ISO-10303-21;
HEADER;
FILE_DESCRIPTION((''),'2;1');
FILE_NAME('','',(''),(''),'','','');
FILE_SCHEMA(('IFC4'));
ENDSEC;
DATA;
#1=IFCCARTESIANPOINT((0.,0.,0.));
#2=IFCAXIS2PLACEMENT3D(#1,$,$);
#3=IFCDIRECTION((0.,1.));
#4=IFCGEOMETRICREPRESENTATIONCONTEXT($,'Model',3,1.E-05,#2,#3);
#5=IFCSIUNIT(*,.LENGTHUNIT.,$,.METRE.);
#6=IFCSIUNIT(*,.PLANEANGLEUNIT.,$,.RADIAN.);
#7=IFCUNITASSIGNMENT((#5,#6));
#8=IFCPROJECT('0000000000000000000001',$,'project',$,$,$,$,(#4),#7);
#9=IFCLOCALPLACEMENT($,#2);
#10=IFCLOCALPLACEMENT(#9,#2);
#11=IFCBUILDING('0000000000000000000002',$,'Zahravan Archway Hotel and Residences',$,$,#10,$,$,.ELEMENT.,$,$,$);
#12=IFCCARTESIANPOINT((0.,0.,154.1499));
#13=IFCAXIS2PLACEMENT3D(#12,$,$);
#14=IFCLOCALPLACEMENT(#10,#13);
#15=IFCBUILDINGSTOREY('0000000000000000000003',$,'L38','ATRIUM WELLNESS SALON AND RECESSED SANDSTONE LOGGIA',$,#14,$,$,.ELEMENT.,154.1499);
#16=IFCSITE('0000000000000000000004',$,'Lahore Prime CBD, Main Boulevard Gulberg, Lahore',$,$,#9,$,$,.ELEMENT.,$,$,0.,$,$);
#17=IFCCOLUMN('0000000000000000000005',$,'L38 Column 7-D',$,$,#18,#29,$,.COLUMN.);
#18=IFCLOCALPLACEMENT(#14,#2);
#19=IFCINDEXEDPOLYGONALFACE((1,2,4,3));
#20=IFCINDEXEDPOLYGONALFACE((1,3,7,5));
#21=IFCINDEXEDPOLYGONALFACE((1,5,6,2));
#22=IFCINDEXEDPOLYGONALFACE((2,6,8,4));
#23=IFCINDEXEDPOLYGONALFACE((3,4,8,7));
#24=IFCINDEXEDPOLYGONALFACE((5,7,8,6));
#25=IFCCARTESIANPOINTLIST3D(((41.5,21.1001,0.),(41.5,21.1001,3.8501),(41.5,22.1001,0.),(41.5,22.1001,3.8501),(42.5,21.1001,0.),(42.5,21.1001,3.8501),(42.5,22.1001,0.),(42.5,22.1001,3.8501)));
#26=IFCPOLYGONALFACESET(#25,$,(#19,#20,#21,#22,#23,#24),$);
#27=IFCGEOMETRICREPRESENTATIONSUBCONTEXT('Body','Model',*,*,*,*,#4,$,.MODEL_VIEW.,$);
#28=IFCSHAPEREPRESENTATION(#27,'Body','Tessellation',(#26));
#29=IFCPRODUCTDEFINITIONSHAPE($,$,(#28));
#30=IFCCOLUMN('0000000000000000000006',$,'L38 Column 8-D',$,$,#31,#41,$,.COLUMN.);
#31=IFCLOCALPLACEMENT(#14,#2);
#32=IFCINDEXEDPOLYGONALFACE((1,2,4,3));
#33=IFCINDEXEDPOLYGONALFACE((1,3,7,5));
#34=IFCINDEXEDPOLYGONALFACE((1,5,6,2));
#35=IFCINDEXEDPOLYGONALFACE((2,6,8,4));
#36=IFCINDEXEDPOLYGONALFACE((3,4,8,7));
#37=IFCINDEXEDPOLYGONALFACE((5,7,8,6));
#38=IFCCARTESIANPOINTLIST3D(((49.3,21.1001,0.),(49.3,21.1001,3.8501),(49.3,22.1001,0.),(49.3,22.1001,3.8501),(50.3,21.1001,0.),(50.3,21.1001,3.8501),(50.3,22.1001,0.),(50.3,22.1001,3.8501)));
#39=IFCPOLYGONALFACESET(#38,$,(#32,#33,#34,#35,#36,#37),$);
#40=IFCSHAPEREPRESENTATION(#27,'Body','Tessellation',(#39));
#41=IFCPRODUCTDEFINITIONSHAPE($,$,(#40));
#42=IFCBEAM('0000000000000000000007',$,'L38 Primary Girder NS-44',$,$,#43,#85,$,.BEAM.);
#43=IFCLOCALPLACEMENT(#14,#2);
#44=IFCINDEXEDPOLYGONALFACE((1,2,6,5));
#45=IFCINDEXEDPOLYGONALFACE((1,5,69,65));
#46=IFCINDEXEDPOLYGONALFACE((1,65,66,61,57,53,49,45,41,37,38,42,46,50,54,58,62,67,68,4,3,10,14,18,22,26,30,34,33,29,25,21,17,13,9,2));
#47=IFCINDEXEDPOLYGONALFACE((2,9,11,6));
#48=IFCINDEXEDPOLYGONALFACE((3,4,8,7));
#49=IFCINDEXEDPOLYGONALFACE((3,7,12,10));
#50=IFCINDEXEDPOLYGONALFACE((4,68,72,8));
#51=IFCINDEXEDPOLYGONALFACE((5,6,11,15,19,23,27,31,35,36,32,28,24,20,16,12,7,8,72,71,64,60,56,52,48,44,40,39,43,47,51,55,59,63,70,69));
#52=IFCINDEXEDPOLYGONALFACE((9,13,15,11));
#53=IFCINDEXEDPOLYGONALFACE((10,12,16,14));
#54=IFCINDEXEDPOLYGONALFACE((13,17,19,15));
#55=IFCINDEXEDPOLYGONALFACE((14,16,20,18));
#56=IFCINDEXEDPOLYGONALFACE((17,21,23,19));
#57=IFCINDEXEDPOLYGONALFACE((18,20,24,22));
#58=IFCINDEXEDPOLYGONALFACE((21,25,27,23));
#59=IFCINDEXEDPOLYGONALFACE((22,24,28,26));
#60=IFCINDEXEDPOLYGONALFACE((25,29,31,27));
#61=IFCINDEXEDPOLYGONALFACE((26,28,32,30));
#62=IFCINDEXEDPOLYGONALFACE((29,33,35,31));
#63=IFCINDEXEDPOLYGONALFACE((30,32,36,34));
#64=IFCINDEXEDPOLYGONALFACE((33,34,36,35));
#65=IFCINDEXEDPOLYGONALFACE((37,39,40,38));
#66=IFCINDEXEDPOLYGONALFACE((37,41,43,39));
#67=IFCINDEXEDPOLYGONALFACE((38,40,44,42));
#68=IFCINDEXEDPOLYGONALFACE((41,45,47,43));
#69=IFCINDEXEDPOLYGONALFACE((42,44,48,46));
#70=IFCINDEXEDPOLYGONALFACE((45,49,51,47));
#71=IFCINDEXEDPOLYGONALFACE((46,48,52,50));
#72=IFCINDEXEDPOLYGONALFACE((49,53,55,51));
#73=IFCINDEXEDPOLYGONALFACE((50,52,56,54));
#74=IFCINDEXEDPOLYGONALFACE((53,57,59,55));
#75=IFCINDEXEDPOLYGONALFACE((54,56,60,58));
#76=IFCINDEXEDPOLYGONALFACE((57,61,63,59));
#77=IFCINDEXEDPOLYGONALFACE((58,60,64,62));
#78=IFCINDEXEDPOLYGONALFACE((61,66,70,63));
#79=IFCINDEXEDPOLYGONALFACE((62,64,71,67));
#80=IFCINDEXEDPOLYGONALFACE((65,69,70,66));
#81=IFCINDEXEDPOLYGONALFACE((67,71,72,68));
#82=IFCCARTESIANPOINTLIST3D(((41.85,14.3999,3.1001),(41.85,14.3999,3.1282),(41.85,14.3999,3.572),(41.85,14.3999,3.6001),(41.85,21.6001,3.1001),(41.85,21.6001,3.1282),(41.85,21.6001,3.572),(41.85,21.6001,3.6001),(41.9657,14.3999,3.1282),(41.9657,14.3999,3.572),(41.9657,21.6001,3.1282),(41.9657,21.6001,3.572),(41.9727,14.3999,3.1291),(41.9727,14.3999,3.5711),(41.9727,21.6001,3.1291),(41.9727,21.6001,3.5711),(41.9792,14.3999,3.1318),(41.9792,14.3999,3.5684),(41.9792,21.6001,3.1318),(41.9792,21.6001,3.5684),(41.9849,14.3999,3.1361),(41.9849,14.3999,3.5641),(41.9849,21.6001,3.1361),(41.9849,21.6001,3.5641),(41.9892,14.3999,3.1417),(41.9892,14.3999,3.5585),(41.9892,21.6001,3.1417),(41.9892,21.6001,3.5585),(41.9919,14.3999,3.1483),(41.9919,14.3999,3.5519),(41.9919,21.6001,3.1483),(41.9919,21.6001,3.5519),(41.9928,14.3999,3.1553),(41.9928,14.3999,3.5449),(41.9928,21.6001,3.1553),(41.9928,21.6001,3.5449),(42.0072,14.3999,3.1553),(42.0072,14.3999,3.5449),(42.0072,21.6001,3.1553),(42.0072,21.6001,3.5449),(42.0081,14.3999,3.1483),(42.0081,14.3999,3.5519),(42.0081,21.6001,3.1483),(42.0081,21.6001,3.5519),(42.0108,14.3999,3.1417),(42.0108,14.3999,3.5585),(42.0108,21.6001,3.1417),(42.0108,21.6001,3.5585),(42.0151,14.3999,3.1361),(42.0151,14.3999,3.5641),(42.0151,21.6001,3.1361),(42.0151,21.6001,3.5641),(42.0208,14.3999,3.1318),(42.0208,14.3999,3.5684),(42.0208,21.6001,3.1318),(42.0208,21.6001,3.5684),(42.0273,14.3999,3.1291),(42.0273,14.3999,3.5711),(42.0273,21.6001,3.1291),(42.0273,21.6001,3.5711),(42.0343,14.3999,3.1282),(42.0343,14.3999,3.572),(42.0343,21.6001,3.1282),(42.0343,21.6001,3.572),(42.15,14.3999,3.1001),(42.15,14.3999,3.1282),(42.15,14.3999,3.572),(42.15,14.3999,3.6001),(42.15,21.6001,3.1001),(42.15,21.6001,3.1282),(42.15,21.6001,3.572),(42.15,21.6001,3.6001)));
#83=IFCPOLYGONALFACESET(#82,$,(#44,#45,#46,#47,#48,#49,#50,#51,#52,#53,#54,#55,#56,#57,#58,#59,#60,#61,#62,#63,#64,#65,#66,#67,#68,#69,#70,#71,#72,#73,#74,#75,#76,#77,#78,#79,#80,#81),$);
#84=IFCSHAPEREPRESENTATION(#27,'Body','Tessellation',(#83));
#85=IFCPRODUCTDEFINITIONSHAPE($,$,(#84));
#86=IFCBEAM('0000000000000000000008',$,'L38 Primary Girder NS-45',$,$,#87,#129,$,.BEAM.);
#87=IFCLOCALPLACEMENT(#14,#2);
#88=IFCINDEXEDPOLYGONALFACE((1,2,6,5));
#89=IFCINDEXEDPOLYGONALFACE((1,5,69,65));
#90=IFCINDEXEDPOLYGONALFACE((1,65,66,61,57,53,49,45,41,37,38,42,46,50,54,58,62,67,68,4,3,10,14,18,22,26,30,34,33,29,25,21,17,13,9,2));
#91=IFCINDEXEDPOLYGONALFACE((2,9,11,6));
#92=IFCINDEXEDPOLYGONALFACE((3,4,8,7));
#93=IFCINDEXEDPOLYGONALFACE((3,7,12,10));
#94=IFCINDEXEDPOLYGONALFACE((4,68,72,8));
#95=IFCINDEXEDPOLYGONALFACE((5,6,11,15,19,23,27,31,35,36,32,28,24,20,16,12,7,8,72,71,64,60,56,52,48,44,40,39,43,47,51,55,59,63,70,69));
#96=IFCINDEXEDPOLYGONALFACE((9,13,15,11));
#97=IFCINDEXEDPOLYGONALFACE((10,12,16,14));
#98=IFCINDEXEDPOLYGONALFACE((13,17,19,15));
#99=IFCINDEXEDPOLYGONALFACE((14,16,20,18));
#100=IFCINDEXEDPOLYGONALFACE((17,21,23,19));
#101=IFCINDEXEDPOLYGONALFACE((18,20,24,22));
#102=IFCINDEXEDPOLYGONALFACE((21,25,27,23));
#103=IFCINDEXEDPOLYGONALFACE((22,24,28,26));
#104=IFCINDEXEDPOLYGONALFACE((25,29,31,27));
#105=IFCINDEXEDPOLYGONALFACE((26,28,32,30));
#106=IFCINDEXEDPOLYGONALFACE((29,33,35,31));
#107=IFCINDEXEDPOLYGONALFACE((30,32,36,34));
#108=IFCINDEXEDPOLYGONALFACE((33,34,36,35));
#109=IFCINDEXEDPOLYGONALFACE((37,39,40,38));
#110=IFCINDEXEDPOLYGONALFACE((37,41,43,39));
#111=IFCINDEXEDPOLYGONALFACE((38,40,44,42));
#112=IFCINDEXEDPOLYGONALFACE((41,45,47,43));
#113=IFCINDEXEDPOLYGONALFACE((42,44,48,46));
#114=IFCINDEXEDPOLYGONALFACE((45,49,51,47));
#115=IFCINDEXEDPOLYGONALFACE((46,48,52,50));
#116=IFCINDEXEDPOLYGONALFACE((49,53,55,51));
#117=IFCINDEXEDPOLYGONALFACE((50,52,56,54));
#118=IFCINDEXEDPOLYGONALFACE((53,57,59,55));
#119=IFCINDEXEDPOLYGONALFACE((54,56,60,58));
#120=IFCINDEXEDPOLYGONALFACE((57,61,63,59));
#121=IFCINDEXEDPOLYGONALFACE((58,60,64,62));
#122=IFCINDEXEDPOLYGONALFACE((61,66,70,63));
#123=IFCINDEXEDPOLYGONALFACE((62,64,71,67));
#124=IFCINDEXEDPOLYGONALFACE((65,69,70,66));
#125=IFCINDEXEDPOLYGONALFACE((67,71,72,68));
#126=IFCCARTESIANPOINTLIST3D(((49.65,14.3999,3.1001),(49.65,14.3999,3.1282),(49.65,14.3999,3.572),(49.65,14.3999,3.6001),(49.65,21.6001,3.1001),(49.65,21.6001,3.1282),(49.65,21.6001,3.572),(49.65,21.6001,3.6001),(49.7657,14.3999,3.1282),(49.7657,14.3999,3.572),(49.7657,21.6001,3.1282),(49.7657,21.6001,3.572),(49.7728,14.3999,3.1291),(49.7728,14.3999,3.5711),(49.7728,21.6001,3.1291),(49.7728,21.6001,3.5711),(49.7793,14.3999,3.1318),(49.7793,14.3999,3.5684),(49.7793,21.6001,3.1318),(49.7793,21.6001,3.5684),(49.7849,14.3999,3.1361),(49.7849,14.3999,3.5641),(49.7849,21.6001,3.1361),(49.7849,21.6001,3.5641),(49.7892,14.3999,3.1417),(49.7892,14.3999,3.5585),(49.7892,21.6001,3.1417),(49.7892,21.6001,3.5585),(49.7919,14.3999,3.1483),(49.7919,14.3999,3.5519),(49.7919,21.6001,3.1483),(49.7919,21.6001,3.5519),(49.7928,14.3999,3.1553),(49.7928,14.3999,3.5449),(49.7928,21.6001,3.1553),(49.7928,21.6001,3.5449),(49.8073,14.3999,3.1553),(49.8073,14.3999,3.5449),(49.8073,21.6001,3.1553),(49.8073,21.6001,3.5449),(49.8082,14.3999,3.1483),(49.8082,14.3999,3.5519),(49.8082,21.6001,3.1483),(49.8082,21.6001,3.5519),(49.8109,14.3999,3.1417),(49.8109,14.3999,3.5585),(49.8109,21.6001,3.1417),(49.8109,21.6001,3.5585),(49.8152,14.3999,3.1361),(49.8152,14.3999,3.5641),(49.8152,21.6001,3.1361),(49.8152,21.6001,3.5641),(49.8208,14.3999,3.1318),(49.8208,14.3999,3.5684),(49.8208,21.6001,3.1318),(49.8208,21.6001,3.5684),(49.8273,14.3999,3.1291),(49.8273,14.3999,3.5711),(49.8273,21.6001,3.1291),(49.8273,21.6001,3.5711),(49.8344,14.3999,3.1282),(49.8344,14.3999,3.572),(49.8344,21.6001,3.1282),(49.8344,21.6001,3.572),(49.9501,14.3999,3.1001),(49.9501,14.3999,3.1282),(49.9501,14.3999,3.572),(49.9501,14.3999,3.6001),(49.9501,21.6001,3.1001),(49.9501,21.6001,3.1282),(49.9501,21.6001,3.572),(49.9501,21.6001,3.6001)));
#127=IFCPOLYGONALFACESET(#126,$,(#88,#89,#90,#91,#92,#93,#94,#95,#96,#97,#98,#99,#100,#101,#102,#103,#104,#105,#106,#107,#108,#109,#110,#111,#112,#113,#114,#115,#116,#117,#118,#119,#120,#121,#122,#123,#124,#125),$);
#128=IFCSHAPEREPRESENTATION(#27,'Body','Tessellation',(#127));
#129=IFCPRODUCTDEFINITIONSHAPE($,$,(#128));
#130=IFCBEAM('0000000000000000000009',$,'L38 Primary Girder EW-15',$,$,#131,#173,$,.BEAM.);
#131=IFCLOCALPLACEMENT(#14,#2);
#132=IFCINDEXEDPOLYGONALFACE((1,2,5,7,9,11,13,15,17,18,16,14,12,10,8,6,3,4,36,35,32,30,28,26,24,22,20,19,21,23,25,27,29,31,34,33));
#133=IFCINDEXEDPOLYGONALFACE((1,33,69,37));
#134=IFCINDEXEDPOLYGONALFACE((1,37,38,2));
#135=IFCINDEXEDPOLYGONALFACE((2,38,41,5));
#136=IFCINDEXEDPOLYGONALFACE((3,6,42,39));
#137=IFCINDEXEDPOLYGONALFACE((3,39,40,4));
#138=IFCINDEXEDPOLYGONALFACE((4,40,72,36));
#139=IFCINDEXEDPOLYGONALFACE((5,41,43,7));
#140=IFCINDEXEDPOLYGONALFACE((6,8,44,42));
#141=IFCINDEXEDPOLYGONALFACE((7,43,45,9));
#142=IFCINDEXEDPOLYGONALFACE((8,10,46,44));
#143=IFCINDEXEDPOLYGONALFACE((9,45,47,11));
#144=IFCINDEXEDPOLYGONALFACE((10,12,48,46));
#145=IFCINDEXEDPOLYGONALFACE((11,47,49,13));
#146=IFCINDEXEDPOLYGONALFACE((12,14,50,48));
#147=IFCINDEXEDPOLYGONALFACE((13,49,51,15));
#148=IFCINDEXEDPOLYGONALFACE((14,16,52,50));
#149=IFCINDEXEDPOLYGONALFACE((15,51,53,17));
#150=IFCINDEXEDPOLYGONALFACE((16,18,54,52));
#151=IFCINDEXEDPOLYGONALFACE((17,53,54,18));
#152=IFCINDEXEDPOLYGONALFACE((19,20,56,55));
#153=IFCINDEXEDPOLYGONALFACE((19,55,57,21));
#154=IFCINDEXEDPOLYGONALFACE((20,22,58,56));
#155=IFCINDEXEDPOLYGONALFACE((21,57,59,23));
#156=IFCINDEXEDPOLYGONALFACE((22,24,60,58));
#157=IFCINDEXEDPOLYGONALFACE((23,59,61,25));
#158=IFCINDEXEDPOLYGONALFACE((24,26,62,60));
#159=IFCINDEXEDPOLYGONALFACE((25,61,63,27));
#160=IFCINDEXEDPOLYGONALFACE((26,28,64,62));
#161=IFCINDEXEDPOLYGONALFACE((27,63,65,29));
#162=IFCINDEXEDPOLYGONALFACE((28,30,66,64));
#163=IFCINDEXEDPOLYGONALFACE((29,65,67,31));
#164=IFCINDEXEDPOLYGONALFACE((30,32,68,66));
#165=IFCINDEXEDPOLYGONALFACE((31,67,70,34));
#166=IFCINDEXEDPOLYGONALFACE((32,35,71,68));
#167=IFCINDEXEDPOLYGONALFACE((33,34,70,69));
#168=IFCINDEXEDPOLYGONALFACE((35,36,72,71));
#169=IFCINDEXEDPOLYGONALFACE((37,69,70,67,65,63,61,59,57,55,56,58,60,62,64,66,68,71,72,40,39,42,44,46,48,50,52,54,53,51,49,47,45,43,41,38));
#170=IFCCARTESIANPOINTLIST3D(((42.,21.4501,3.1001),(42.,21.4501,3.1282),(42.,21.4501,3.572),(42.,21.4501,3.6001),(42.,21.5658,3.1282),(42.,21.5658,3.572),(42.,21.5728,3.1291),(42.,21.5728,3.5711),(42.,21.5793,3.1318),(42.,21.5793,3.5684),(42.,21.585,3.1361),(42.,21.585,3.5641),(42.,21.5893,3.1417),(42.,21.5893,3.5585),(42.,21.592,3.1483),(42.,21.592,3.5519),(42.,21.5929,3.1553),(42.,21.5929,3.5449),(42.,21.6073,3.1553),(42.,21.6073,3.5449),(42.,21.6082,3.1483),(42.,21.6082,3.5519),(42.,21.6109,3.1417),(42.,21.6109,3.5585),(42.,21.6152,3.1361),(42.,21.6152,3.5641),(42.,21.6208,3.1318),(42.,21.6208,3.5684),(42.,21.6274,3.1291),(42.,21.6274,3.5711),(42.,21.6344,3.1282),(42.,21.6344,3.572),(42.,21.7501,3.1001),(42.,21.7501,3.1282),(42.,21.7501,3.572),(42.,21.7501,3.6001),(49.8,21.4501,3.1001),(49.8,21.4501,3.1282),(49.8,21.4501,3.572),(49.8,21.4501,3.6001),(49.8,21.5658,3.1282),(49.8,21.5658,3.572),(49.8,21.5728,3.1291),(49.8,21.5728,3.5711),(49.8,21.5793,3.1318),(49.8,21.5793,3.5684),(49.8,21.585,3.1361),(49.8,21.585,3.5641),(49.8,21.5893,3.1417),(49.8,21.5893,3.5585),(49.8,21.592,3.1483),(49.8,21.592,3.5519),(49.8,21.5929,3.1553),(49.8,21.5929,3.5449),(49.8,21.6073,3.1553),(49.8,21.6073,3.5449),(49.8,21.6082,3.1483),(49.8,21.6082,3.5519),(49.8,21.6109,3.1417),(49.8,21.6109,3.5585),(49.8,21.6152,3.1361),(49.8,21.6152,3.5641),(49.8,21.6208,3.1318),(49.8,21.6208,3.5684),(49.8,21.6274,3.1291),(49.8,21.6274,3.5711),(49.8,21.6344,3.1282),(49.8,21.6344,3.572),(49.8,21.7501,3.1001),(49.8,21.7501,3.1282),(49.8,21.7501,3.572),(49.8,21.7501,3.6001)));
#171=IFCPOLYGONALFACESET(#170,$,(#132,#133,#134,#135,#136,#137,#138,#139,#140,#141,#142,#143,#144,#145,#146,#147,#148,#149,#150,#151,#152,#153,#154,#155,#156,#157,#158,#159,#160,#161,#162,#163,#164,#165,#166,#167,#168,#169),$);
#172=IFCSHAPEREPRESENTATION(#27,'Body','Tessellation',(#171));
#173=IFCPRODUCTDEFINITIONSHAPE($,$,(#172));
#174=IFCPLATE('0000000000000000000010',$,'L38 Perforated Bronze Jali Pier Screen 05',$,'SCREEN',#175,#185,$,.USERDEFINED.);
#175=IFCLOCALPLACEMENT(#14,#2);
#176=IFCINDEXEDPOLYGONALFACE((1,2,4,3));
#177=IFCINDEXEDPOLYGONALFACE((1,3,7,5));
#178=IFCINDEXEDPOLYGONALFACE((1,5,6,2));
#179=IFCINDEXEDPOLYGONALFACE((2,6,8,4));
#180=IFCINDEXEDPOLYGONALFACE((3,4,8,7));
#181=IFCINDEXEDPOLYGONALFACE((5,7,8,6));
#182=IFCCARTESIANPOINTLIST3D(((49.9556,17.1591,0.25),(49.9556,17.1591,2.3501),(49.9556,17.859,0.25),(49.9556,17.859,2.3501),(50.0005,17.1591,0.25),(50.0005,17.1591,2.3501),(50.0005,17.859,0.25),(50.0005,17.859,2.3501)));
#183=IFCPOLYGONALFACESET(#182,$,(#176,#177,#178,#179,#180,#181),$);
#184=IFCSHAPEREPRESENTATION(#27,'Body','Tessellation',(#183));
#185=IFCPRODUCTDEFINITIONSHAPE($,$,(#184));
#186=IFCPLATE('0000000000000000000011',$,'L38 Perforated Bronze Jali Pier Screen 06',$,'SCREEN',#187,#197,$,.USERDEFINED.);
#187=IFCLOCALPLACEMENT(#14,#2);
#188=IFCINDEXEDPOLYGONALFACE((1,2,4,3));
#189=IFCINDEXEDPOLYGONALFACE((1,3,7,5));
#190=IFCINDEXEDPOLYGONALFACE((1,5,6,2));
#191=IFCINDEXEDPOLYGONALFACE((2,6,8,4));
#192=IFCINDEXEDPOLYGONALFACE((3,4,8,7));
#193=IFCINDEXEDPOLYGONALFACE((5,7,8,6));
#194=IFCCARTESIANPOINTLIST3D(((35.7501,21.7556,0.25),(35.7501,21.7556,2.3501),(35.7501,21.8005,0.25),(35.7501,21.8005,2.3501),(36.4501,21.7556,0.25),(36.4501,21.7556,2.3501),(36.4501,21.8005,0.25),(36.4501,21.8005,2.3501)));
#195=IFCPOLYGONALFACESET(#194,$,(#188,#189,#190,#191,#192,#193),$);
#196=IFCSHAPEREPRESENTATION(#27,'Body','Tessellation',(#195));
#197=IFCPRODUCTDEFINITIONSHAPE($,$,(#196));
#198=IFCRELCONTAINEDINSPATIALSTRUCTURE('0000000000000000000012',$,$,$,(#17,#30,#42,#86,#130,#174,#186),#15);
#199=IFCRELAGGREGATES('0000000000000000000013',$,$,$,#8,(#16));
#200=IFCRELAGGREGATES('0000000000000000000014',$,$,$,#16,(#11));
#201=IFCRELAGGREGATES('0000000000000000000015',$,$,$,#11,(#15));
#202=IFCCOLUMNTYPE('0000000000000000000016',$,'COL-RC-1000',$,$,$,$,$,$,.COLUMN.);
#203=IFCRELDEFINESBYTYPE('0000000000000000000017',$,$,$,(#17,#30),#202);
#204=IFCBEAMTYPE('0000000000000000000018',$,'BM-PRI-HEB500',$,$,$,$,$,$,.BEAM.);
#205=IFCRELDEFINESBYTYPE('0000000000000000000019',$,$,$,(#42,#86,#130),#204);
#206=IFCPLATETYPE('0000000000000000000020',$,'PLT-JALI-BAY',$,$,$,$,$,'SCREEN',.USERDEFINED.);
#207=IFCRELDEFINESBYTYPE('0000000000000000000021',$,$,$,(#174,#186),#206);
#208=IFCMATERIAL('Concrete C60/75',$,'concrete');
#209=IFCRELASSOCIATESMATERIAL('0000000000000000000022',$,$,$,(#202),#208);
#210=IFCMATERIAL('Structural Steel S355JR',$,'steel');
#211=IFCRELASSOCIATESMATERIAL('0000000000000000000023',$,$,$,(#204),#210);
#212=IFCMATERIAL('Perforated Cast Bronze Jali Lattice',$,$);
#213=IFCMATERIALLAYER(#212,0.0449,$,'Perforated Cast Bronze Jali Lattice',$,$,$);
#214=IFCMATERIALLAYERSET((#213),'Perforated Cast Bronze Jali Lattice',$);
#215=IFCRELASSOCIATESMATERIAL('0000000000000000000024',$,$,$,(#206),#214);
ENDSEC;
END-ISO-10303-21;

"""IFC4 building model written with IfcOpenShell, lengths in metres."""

from ifc_helpers import new_model, si_unit, direction, frame, origin, origin_2d, place, context, subcontext, project, spatial, rectangle, i_section, extrude, source, transform, mapped, material, layer, layer_set, material_profile, profile_set, type_object, type_shapes, element, save


model = new_model("IFC4")

# Units and contexts
model_context = context("Model", 3, precision=1e-05, world=origin(), true_north=direction((0.0, 1.0)))
body_context = subcontext(model_context, "Body", "Model", "MODEL_VIEW")
ifc_project = project(units=[si_unit("LENGTHUNIT", "METRE"), si_unit("PLANEANGLEUNIT", "RADIAN")], contexts=[model_context])

# Site, building, storey
site_placement = place(None, origin())
site = spatial("IfcSite", under=ifc_project, at=site_placement, Name="Lahore Prime CBD, Main Boulevard Gulberg, Lahore", CompositionType="ELEMENT", RefElevation=0.0)
building_placement = place(site_placement, origin())
building = spatial("IfcBuilding", under=site, at=building_placement, Name="Zahravan Archway Hotel and Residences", CompositionType="ELEMENT")
storey_placement = place(building_placement, frame((0.0, 0.0, 154.1499)))
storey = spatial("IfcBuildingStorey", under=building, at=storey_placement, Name="L38", Description="ATRIUM WELLNESS SALON AND RECESSED SANDSTONE LOGGIA", CompositionType="ELEMENT", Elevation=154.1499)

# Columns
ifc_material_1 = material(Name="Concrete C60/75", Category="concrete")
ifc_material_profile_1 = material_profile(ifc_material_1, rectangle(XDim=1.0, YDim=1.0, at=origin_2d()), Name="RC-COL-1000x1000", Category="concrete")
ifc_profile_set_1 = profile_set([ifc_material_profile_1], Name="Concrete C60/75")
column_type = type_object("IfcColumnType", Name="COL-RC-1000", PredefinedType="COLUMN", material=ifc_profile_set_1)
shared_shape_1 = source(origin(), body_context, "Body", "SweptSolid", [
    extrude(rectangle(XDim=1.0, YDim=1.0, at=origin_2d()), origin(), (0.0, 0.0, 1.0), 3.8501),
])
for number, where, z_axis, x_axis, name in (
    (1, (42.0, 21.6001, 0.0), (0.0, 0.0, 1.0), (1.0, 0.0, 0.0), "L38 Column 7-D"),
    (2, (49.8, 21.6001, 0.0), (0.0, 0.0, 1.0), (1.0, 0.0, 0.0), "L38 Column 8-D"),
):
    element("IfcColumn", number, at=place(storey_placement, frame(where, z_axis=z_axis, x_axis=x_axis)), inside=storey, type_object=column_type, Name=name, PredefinedType="COLUMN", context=body_context, shape_type="MappedRepresentation", body=[
        mapped(shared_shape_1, transform((0.0, 0.0, 0.0), scale=1.0)),
    ])

# Beams
ifc_material_2 = material(Name="Structural Steel S355JR", Category="steel")
ifc_material_profile_2 = material_profile(ifc_material_2, i_section(OverallWidth=0.3, OverallDepth=0.5, WebThickness=0.0144, FlangeThickness=0.0281, FilletRadius=0.0271, at=origin_2d()), Name="HEB 500", Category="steel")
ifc_profile_set_2 = profile_set([ifc_material_profile_2], Name="Structural Steel S355JR")
beam_type = type_object("IfcBeamType", Name="BM-PRI-HEB500", PredefinedType="BEAM", material=ifc_profile_set_2)
shared_shape_2 = source(origin(), body_context, "Body", "SweptSolid", [
    extrude(i_section(OverallWidth=0.3, OverallDepth=0.5, WebThickness=0.0144, FlangeThickness=0.0281, FilletRadius=0.0271, at=origin_2d()), origin(), (0.0, 0.0, 1.0), 7.2002),
])
type_shapes(beam_type, [shared_shape_2])
for number, where, z_axis, x_axis, name in (
    (3, (42.0, 14.3999, 3.3501), (0.0, 1.0, 0.0), (-1.0, 0.0, 0.0), "L38 Primary Girder NS-44"),
    (4, (49.8, 14.3999, 3.3501), (0.0, 1.0, 0.0), (-1.0, 0.0, 0.0), "L38 Primary Girder NS-45"),
):
    element("IfcBeam", number, at=place(storey_placement, frame(where, z_axis=z_axis, x_axis=x_axis)), inside=storey, type_object=beam_type, Name=name, PredefinedType="BEAM", context=body_context, shape_type="MappedRepresentation", body=[
        mapped(shared_shape_2, transform((0.0, 0.0, 0.0), scale=1.0)),
    ])
shared_shape_3 = source(origin(), body_context, "Body", "SweptSolid", [
    extrude(i_section(OverallWidth=0.3, OverallDepth=0.5, WebThickness=0.0144, FlangeThickness=0.0281, FilletRadius=0.0271, at=origin_2d()), origin(), (0.0, 0.0, 1.0), 7.8),
])
beam_placement = place(storey_placement, frame((42.0, 21.6001, 3.3501), z_axis=(1.0, 0.0, 0.0), x_axis=(0.0, 1.0, 0.0)))
element("IfcBeam", 5, at=beam_placement, inside=storey, type_object=beam_type, Name="L38 Primary Girder EW-15", PredefinedType="BEAM", context=body_context, shape_type="MappedRepresentation", body=[
    mapped(shared_shape_3, transform((0.0, 0.0, 0.0), scale=1.0)),
])

# Plates
ifc_material_3 = material(Name="Perforated Cast Bronze Jali Lattice")
ifc_layer_1 = layer(ifc_material_3, 0.0449, Name="Perforated Cast Bronze Jali Lattice")
ifc_layer_set_1 = layer_set([ifc_layer_1], Name="Perforated Cast Bronze Jali Lattice")
plate_type = type_object("IfcPlateType", Name="PLT-JALI-BAY", ElementType="SCREEN", PredefinedType="USERDEFINED", material=ifc_layer_set_1)
shared_shape_4 = source(origin(), body_context, "Body", "SweptSolid", [
    extrude(rectangle(XDim=0.7, YDim=0.0449, at=origin_2d()), origin(), (0.0, 0.0, 1.0), 2.1001),
])
type_shapes(plate_type, [shared_shape_4])
for number, where, z_axis, x_axis, name in (
    (6, (49.978, 17.509, 0.25), (0.0, 0.0, 1.0), (0.0, 1.0, 0.0), "L38 Perforated Bronze Jali Pier Screen 05"),
    (7, (36.1001, 21.7781, 0.25), (0.0, 0.0, 1.0), (1.0, 0.0, 0.0), "L38 Perforated Bronze Jali Pier Screen 06"),
):
    element("IfcPlate", number, at=place(storey_placement, frame(where, z_axis=z_axis, x_axis=x_axis)), inside=storey, type_object=plate_type, Name=name, ObjectType="SCREEN", PredefinedType="USERDEFINED", context=body_context, shape_type="MappedRepresentation", body=[
        mapped(shared_shape_4, transform((0.0, 0.0, 0.0), scale=1.0)),
    ])

save(model, "model.ifc")
